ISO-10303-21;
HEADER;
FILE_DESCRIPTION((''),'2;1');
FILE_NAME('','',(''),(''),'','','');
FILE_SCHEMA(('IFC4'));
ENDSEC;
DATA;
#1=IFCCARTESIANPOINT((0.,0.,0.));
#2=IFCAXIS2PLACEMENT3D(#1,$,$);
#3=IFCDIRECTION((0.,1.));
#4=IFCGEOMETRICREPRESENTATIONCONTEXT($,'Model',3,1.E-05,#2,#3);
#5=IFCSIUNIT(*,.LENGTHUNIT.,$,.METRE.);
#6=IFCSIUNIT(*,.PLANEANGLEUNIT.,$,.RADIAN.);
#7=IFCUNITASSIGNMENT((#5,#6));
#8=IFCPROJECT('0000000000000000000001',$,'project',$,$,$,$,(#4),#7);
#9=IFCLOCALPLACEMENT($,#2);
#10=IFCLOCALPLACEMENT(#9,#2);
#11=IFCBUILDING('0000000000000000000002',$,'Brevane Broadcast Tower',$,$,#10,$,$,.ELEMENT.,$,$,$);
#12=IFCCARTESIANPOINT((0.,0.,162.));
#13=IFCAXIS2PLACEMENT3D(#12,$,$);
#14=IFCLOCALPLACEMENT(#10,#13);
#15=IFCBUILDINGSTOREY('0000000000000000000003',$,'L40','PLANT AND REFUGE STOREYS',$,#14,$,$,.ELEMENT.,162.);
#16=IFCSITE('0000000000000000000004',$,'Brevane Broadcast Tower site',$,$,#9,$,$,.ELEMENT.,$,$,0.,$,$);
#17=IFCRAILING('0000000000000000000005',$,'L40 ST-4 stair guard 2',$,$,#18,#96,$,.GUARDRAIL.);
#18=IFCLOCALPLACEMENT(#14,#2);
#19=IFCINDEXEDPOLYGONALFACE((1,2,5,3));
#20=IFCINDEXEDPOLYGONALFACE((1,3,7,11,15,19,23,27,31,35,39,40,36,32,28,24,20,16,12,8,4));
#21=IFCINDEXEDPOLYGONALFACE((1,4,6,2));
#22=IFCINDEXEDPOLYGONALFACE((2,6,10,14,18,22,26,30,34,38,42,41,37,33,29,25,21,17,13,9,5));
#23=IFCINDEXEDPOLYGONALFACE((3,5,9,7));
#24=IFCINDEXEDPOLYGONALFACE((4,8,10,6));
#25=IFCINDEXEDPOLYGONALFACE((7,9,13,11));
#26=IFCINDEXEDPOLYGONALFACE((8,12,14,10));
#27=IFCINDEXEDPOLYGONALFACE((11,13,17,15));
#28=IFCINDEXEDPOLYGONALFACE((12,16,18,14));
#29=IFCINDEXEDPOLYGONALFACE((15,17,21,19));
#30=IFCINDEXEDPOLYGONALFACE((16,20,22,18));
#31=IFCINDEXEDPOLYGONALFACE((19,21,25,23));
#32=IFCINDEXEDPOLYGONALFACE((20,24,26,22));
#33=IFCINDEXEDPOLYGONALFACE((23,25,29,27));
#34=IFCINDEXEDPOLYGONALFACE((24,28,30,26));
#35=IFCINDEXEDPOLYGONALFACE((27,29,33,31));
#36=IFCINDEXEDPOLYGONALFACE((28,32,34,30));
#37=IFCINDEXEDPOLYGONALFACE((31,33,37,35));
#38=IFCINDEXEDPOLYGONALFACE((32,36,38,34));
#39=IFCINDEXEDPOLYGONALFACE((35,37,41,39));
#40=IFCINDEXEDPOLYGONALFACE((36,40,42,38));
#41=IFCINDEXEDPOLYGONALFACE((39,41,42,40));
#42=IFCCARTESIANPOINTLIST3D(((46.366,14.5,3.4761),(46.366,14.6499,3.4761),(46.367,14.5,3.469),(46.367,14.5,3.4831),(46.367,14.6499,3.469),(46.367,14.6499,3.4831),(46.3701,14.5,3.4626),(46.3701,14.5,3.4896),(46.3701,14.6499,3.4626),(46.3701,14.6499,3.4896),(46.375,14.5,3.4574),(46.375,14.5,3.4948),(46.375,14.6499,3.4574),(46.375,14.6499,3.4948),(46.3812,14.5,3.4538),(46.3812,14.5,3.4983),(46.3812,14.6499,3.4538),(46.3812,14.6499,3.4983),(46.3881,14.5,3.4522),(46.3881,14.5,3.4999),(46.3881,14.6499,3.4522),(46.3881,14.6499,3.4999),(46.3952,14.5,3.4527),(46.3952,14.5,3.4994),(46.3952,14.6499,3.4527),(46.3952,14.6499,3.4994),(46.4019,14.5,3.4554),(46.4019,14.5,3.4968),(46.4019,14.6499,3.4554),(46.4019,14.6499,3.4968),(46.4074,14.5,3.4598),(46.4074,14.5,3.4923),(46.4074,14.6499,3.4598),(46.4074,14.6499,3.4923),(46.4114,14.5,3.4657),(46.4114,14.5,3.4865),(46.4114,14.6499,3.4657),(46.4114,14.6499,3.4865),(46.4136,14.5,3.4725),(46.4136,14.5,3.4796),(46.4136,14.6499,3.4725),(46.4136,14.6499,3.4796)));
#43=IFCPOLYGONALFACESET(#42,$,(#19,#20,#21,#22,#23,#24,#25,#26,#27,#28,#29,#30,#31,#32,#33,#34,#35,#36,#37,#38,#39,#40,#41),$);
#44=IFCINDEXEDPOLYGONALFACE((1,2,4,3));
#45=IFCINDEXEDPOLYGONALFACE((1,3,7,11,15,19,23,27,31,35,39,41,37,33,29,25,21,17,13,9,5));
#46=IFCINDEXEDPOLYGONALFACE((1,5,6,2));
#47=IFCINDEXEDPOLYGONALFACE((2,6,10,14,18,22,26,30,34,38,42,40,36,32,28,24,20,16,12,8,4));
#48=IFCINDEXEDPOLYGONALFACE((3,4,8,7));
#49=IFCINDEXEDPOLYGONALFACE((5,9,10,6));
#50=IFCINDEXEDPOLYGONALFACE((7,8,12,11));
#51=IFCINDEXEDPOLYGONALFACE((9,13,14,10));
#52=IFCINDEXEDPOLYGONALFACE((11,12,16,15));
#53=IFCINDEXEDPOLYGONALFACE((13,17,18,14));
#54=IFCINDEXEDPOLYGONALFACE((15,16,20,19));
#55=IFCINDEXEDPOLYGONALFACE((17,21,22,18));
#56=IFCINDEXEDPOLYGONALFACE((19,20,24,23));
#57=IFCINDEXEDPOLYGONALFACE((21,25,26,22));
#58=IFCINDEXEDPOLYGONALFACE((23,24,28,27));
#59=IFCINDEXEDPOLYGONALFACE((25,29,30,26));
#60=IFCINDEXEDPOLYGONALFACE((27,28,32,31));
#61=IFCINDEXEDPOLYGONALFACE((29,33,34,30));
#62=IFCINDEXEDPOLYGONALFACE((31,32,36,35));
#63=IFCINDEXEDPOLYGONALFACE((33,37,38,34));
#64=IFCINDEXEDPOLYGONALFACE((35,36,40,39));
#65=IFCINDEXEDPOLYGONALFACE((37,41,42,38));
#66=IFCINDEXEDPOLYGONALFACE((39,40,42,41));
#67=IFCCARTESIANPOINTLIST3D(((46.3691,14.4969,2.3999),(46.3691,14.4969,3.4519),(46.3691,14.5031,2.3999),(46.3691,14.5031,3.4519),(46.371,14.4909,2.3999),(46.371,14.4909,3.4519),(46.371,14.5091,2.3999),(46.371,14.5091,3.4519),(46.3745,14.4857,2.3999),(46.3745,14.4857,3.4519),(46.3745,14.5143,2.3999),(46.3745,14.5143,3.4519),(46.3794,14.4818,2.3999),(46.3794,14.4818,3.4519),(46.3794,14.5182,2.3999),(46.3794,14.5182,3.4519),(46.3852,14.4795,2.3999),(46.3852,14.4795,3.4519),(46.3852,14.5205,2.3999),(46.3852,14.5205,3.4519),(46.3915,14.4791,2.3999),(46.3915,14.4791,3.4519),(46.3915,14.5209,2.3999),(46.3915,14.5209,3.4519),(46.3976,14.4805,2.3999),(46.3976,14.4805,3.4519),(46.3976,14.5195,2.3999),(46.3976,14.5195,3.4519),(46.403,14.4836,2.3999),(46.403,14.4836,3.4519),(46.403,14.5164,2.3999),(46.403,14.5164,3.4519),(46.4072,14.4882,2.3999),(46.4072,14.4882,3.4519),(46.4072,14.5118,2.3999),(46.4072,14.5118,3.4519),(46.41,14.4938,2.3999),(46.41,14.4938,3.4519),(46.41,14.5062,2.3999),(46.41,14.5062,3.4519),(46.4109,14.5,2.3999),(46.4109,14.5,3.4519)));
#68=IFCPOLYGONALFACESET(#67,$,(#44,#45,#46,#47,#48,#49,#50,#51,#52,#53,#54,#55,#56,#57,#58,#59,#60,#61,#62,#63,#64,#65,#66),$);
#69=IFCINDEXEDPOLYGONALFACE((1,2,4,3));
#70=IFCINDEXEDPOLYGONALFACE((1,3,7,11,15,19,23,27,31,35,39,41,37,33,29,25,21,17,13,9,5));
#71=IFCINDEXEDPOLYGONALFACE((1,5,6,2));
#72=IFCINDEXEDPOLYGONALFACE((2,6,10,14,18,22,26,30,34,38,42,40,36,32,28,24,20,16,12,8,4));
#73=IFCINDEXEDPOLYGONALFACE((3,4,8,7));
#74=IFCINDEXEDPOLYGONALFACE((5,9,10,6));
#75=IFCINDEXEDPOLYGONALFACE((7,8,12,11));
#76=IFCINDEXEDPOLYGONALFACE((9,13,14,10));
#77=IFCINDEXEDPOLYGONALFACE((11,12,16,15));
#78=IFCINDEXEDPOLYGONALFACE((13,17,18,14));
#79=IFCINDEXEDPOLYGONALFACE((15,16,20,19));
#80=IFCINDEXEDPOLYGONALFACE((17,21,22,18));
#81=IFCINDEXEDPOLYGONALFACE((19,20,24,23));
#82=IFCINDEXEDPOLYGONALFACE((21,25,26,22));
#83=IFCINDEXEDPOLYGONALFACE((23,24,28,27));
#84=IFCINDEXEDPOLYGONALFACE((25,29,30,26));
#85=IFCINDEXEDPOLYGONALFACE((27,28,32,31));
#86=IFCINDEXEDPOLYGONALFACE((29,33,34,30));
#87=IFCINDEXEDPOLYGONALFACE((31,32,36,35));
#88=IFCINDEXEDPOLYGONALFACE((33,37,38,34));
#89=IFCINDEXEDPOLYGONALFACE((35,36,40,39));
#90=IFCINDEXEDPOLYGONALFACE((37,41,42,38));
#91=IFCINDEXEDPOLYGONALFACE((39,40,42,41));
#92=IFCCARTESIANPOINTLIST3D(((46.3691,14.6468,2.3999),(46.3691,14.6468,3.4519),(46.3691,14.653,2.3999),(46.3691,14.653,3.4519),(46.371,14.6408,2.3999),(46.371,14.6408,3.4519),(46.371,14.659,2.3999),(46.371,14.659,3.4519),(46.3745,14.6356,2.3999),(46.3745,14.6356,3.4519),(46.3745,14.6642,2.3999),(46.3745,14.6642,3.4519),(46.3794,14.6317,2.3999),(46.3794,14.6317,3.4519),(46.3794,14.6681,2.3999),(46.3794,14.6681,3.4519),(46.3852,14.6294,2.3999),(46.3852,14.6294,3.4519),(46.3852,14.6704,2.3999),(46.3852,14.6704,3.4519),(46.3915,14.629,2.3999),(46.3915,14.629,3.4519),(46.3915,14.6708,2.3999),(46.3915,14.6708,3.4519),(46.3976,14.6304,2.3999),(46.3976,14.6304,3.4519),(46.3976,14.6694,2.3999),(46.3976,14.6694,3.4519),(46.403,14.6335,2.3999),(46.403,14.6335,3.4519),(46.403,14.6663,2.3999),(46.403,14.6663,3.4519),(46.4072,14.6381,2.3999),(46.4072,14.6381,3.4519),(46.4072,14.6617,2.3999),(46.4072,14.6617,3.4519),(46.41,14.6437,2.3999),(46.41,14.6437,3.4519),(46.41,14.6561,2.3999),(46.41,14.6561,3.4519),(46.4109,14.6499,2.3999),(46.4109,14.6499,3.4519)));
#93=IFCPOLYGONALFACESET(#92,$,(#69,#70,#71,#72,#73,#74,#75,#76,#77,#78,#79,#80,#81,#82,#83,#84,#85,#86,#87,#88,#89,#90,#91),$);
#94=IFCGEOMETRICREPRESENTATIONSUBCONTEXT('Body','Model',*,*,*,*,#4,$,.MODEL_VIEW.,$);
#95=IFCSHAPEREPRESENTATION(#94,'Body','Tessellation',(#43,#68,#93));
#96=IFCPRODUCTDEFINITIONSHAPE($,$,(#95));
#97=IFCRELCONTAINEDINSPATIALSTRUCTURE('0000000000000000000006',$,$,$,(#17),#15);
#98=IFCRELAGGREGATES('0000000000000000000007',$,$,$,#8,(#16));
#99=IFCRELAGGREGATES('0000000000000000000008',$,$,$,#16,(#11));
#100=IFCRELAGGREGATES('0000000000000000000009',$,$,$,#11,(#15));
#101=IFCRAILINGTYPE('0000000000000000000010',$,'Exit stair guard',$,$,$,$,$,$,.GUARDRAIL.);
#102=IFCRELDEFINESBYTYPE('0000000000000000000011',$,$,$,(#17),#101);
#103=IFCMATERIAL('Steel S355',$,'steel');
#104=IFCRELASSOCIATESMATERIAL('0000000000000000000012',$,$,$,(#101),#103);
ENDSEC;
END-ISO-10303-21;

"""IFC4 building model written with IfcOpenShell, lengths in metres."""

from ifc_helpers import new_model, si_unit, direction, frame, origin, origin_2d, place, context, subcontext, project, spatial, circle, extrude, material, type_object, element, save


model = new_model("IFC4")

# Units and contexts
model_context = context("Model", 3, precision=1e-05, world=origin(), true_north=direction((0.0, 1.0)))
body_context = subcontext(model_context, "Body", "Model", "MODEL_VIEW")
ifc_project = project(units=[si_unit("LENGTHUNIT", "METRE"), si_unit("PLANEANGLEUNIT", "RADIAN")], contexts=[model_context])

# Site, building, storey
site_placement = place(None, origin())
site = spatial("IfcSite", under=ifc_project, at=site_placement, Name="Brevane Broadcast Tower site", CompositionType="ELEMENT", RefElevation=0.0)
building_placement = place(site_placement, origin())
building = spatial("IfcBuilding", under=site, at=building_placement, Name="Brevane Broadcast Tower", CompositionType="ELEMENT")
storey_placement = place(building_placement, frame((0.0, 0.0, 162.0)))
storey = spatial("IfcBuildingStorey", under=building, at=storey_placement, Name="L40", Description="PLANT AND REFUGE STOREYS", CompositionType="ELEMENT", Elevation=162.0)

# Shared definitions
ifc_material_1 = material(Name="Steel S355", Category="steel")

# Railing
railing_type_1 = type_object("IfcRailingType", Name="Exit stair guard", PredefinedType="GUARDRAIL", material=ifc_material_1)
railing_1_placement = place(storey_placement, frame((46.3899, 14.5, 2.3999)))
element("IfcRailing", 1, at=railing_1_placement, inside=storey, type_object=railing_type_1, Name="L40 ST-4 stair guard 2", PredefinedType="GUARDRAIL", context=body_context, shape_type="SweptSolid", body=[
    extrude(circle(Radius=0.0239, at=origin_2d()), frame((0.0, 0.0, 1.0762), z_axis=(0.0, 1.0, 0.0), x_axis=(-1.0, 0.0, 0.0)), (0.0, 0.0, 1.0), 0.1499),
    extrude(circle(Radius=0.021, at=origin_2d()), origin(), (0.0, 0.0, 1.0), 1.052),
    extrude(circle(Radius=0.021, at=origin_2d()), frame((0.0, 0.1499, 0.0)), (0.0, 0.0, 1.0), 1.052),
])

save(model, "model.ifc")
